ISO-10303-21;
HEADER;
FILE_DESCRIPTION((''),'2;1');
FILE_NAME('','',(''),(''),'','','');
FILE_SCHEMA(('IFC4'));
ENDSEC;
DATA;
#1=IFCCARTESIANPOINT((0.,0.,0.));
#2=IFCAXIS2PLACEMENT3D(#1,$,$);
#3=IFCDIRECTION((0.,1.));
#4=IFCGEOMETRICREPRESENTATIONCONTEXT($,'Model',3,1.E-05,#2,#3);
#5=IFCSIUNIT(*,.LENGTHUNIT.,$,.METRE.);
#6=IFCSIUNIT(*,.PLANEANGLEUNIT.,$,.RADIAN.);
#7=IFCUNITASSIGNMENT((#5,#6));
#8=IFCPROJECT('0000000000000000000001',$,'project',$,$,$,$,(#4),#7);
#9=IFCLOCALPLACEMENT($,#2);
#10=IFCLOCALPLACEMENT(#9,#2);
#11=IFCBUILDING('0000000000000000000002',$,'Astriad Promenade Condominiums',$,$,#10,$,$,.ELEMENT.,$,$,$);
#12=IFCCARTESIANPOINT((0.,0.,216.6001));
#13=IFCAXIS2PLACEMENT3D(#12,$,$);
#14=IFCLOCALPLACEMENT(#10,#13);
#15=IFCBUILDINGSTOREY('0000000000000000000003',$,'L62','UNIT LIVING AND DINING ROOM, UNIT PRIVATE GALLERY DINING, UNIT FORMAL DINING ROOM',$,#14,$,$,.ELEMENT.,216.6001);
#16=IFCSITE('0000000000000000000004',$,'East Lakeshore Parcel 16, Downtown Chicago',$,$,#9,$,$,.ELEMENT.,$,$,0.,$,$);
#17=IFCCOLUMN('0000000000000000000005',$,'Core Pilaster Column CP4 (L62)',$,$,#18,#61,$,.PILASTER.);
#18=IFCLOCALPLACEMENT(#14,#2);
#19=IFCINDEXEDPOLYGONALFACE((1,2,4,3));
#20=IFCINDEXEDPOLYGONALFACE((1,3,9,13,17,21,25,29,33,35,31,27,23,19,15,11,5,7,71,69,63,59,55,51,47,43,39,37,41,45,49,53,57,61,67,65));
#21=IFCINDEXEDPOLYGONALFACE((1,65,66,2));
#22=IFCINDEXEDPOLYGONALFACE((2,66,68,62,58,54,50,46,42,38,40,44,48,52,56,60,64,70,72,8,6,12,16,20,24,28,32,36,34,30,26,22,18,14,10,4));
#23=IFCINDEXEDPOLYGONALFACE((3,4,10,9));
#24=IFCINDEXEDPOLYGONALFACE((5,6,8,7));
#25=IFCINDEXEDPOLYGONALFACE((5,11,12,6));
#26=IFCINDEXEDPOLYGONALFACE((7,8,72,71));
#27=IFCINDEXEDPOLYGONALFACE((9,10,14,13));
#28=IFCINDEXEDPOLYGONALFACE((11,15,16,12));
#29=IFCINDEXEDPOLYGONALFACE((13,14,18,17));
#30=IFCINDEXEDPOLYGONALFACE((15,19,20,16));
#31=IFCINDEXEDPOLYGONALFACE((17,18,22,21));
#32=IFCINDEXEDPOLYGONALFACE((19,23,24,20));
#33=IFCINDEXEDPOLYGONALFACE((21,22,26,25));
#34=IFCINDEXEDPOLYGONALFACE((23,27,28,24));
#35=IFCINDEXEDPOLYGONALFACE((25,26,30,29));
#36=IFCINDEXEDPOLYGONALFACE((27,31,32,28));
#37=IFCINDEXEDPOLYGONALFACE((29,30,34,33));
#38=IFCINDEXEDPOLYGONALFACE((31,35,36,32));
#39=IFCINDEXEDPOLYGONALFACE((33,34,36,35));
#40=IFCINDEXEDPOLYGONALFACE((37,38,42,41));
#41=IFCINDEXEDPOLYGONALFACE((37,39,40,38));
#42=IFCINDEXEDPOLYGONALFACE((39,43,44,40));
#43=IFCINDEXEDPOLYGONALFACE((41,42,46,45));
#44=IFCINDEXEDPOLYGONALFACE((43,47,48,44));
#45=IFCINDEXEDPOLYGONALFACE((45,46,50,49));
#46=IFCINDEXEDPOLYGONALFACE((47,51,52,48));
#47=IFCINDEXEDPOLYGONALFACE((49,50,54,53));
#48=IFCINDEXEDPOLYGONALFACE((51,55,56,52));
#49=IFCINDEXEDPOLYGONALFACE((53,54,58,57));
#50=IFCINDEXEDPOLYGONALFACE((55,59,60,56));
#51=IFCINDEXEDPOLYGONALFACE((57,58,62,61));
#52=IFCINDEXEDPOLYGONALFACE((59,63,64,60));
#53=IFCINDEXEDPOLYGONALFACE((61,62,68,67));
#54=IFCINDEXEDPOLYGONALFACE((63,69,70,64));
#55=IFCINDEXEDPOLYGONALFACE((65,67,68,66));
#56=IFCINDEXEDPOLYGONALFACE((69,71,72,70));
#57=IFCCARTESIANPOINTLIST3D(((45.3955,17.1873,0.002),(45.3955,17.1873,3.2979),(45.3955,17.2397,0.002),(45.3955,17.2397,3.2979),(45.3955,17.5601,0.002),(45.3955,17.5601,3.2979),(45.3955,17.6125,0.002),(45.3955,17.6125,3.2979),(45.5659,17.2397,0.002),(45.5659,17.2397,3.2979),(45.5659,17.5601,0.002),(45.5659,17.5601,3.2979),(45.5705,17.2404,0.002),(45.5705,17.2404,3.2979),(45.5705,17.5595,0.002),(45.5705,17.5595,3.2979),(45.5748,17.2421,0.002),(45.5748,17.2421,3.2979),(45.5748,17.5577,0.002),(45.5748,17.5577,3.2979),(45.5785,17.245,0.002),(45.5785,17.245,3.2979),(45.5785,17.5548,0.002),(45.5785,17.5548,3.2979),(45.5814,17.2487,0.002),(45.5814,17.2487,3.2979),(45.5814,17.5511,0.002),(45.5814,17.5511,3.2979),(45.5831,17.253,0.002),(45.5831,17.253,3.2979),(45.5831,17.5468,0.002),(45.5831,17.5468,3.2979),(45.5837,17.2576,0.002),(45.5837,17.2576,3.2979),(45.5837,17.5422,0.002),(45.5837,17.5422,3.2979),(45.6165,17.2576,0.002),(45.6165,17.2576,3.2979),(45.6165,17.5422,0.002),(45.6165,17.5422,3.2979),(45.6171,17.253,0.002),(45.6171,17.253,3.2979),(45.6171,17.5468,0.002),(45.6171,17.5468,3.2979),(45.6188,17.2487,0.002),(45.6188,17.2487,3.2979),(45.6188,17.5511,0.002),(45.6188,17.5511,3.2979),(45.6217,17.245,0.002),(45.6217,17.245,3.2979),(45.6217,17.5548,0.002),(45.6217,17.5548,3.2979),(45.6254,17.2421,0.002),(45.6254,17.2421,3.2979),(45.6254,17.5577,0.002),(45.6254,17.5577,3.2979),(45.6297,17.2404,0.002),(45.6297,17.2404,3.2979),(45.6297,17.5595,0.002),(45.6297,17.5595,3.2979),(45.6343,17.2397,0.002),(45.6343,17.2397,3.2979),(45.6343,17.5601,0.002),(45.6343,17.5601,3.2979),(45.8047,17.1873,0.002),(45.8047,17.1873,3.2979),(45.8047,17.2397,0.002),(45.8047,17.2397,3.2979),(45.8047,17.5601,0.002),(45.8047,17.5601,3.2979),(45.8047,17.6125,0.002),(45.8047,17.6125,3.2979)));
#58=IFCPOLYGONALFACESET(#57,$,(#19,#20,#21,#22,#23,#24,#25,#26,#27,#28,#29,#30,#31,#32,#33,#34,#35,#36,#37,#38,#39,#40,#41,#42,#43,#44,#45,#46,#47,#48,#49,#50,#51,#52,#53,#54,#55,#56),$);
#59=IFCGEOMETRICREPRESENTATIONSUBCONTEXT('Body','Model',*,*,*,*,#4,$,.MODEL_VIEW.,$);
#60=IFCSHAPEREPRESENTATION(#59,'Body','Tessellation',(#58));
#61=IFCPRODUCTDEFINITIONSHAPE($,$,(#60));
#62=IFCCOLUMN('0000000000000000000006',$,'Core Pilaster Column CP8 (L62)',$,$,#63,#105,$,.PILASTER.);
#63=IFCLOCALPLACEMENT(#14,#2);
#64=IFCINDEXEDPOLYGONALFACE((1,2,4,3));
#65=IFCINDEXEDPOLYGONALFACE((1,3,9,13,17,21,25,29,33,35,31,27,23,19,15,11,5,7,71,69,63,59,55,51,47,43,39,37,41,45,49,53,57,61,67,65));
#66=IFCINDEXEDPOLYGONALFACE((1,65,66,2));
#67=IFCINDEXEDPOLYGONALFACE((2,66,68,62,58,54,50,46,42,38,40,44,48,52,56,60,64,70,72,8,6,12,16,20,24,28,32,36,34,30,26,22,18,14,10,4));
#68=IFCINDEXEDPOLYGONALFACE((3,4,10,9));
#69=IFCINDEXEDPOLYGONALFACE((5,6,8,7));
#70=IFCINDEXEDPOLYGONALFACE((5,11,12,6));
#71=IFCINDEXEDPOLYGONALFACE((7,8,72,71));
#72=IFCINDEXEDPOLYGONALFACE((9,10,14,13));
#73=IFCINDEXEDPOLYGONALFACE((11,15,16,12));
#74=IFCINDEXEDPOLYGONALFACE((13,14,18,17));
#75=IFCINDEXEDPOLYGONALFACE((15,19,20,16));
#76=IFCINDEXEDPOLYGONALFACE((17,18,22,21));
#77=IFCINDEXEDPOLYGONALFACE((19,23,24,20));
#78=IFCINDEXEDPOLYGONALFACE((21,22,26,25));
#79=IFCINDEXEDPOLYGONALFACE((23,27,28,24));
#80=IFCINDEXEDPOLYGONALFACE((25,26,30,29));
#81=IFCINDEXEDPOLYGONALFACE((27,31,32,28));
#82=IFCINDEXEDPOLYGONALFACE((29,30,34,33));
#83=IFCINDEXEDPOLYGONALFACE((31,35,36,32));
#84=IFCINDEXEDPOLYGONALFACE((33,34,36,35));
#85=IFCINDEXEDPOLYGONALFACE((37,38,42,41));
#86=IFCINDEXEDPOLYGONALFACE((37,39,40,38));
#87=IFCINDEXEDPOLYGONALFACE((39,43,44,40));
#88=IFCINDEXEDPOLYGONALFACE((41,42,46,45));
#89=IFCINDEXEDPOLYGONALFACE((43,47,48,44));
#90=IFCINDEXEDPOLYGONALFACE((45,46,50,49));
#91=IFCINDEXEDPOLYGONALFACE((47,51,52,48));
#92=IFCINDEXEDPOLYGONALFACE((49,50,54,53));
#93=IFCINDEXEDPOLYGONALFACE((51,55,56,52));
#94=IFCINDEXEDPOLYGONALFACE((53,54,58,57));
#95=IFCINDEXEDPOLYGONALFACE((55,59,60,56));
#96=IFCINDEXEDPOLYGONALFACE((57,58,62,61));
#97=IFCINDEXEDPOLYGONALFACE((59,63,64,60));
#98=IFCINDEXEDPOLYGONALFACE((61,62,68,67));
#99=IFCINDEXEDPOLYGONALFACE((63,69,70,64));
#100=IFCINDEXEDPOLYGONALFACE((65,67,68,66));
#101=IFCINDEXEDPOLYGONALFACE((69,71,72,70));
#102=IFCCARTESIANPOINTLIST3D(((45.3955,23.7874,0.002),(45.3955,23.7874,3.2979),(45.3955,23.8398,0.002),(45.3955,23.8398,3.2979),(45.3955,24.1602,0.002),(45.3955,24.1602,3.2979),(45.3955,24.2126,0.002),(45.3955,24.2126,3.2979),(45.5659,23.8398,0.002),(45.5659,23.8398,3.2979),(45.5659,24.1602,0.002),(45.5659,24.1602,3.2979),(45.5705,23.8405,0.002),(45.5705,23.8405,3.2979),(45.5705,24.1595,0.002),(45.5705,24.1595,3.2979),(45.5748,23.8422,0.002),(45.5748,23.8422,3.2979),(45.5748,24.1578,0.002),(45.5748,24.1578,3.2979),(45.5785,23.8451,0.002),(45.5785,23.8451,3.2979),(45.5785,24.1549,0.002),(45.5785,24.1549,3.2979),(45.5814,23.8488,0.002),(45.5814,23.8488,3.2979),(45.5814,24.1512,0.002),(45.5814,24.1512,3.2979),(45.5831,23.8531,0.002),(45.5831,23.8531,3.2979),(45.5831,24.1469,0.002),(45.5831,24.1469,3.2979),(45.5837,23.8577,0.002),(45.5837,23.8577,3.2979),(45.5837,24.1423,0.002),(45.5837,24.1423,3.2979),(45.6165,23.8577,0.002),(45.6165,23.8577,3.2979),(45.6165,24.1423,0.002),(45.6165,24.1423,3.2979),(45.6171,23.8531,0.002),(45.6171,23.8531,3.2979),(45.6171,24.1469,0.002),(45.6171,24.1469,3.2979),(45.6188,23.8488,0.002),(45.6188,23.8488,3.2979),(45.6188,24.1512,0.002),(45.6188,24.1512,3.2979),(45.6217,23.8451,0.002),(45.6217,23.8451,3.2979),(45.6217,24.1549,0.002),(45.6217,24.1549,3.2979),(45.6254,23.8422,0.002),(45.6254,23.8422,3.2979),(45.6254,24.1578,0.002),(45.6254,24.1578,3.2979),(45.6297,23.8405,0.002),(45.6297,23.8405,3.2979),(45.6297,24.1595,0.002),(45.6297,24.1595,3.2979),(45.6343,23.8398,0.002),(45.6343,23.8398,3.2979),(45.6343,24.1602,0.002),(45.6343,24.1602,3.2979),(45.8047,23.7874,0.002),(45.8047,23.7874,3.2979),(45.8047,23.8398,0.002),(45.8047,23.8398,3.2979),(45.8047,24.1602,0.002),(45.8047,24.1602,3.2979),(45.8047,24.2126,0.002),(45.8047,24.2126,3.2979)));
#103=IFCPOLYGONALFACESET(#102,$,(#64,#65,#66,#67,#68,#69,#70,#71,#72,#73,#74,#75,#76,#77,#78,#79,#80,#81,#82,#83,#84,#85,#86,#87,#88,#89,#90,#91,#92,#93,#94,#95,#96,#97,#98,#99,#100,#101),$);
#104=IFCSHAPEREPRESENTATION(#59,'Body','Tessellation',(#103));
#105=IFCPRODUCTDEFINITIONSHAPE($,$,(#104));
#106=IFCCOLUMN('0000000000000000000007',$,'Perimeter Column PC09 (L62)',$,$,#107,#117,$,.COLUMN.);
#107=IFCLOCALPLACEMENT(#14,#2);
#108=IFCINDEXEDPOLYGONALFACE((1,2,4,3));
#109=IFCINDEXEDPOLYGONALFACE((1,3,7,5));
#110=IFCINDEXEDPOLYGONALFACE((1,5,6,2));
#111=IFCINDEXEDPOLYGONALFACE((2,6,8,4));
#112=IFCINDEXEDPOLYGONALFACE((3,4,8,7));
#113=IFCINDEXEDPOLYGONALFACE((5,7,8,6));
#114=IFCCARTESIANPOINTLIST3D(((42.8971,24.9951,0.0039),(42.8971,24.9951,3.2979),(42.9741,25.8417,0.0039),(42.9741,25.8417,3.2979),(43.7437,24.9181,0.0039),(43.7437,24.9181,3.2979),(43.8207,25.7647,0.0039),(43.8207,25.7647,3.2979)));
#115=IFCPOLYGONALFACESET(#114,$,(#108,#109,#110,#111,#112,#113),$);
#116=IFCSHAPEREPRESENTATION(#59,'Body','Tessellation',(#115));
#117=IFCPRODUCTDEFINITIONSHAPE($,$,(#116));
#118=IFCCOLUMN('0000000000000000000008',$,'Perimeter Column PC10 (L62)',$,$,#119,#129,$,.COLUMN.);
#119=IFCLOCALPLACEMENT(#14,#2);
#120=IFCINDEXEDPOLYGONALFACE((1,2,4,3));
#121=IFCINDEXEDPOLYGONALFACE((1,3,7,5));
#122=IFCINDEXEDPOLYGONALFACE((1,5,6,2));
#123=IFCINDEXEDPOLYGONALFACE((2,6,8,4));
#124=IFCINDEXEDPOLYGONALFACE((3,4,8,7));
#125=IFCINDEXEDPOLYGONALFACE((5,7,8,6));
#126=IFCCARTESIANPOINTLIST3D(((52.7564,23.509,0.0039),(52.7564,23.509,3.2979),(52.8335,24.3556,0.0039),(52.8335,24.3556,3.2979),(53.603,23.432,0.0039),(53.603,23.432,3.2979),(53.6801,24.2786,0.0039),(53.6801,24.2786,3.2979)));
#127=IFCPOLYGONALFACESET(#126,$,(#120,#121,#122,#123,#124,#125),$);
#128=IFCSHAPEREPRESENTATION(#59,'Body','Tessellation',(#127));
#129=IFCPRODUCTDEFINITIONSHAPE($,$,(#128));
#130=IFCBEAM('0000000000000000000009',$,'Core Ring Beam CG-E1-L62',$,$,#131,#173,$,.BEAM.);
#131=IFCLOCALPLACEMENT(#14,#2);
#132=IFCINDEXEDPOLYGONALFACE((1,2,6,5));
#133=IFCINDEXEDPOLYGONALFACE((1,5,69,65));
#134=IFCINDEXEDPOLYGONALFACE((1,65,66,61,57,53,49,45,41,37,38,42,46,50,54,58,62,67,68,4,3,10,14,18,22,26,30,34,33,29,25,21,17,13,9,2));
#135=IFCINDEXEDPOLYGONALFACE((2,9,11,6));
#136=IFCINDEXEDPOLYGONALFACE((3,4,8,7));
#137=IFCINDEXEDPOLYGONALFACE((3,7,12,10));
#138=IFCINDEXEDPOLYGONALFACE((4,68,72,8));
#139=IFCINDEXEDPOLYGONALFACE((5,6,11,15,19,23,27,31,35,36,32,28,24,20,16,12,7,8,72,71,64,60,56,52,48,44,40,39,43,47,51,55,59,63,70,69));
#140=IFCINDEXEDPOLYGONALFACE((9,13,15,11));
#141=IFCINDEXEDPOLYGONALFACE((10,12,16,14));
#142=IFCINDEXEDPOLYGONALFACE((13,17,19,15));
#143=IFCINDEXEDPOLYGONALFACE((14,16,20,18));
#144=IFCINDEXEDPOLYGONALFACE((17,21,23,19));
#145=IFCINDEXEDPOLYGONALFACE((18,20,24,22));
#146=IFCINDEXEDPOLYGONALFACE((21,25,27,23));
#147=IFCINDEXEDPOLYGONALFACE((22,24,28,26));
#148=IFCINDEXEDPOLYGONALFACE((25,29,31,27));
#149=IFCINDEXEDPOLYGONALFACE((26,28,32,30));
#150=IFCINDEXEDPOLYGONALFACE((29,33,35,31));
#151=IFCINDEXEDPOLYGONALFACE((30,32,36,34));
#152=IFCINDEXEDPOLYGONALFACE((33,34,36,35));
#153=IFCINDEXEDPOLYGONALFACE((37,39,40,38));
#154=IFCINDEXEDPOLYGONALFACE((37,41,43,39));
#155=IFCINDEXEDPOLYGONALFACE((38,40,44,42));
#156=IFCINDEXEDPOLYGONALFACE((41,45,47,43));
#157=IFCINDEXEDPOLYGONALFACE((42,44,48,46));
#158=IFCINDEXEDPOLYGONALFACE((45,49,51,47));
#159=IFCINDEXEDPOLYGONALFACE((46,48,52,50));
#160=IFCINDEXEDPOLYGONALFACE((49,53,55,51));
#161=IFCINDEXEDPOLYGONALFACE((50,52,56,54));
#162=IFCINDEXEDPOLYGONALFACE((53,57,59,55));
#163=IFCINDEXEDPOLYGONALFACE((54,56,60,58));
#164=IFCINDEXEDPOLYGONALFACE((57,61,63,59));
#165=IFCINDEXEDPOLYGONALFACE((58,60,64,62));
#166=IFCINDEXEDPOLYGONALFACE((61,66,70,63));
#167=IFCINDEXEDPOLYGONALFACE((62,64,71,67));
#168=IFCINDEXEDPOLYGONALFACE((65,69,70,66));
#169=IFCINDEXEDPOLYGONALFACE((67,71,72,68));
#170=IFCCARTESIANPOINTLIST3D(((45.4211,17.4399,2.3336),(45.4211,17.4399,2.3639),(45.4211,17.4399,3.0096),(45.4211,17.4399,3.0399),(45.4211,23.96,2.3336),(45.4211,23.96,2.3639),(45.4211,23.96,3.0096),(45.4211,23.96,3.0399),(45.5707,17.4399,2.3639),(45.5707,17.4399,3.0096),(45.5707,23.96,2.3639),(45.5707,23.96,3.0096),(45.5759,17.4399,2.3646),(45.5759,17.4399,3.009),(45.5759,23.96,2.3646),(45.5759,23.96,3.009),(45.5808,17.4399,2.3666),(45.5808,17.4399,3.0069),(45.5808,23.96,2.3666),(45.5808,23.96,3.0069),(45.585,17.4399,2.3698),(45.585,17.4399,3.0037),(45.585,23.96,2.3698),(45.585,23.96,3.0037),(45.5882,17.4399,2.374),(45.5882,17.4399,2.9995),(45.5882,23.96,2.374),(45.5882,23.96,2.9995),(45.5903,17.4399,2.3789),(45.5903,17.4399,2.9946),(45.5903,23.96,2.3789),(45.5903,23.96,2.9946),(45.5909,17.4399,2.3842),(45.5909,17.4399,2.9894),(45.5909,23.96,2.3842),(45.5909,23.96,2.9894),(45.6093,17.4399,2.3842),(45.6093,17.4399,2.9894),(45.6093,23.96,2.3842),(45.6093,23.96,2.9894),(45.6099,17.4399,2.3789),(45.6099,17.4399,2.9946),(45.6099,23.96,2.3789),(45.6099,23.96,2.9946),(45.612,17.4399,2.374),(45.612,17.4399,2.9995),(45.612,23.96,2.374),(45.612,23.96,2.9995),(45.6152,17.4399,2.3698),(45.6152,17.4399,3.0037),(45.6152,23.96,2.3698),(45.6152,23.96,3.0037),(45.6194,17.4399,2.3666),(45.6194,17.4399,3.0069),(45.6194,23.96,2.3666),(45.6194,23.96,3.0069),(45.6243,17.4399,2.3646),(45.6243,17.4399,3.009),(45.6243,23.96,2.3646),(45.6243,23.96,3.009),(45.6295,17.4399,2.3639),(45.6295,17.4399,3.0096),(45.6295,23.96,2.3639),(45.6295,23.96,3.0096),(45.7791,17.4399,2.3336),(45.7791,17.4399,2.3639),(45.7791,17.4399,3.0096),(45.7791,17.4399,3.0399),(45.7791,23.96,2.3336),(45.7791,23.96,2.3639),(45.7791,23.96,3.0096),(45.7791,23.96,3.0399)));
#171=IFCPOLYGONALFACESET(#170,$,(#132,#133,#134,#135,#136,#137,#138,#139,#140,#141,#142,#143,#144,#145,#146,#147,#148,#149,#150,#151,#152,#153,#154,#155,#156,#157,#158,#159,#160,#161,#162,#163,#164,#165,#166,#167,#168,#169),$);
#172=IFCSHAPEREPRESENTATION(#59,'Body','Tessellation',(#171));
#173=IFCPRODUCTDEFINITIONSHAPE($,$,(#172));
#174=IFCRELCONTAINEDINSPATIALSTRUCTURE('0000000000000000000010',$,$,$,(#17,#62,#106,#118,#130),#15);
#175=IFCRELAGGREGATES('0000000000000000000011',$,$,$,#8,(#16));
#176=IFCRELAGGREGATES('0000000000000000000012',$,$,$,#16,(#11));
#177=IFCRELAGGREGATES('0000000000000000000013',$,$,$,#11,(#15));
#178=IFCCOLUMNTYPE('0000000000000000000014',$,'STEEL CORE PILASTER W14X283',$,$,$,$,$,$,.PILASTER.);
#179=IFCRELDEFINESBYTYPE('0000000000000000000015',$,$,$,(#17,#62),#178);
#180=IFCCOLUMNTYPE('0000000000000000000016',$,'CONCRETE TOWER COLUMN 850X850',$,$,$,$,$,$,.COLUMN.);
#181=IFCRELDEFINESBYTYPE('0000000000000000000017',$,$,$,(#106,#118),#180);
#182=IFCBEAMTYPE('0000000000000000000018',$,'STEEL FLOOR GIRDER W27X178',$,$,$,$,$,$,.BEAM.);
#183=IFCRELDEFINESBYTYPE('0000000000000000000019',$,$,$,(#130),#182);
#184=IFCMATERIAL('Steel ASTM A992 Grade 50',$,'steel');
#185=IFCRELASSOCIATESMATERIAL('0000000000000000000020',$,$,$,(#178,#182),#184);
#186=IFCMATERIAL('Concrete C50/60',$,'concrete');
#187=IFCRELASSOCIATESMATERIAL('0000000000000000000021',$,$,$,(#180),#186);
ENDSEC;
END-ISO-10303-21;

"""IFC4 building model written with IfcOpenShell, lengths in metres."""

from ifc_helpers import new_model, si_unit, direction, frame, origin, origin_2d, place, context, subcontext, project, spatial, rectangle, i_section, extrude, source, transform, mapped, material, material_profile, profile_set, type_object, type_shapes, element, save


model = new_model("IFC4")

# Units and contexts
model_context = context("Model", 3, precision=1e-05, world=origin(), true_north=direction((0.0, 1.0)))
body_context = subcontext(model_context, "Body", "Model", "MODEL_VIEW")
ifc_project = project(units=[si_unit("LENGTHUNIT", "METRE"), si_unit("PLANEANGLEUNIT", "RADIAN")], contexts=[model_context])

# Site, building, storey
site_placement = place(None, origin())
site = spatial("IfcSite", under=ifc_project, at=site_placement, Name="East Lakeshore Parcel 16, Downtown Chicago", CompositionType="ELEMENT", RefElevation=0.0)
building_placement = place(site_placement, origin())
building = spatial("IfcBuilding", under=site, at=building_placement, Name="Astriad Promenade Condominiums", CompositionType="ELEMENT")
storey_placement = place(building_placement, frame((0.0, 0.0, 216.6001)))
storey = spatial("IfcBuildingStorey", under=building, at=storey_placement, Name="L62", Description="UNIT LIVING AND DINING ROOM, UNIT PRIVATE GALLERY DINING, UNIT FORMAL DINING ROOM", CompositionType="ELEMENT", Elevation=216.6001)

# Columns
ifc_material_1 = material(Name="Steel ASTM A992 Grade 50", Category="steel")
ifc_material_profile_1 = material_profile(ifc_material_1, i_section(OverallWidth=0.4092, OverallDepth=0.4253, WebThickness=0.0327, FlangeThickness=0.0525, FilletRadius=0.0178, at=origin_2d()), Name="W14X283")
ifc_profile_set_1 = profile_set([ifc_material_profile_1], Name="Steel ASTM A992 Grade 50")
column_type_1 = type_object("IfcColumnType", Name="STEEL CORE PILASTER W14X283", PredefinedType="PILASTER", material=ifc_profile_set_1)
shared_shape_1 = source(origin(), body_context, "Body", "SweptSolid", [
    extrude(i_section(OverallWidth=0.4092, OverallDepth=0.4253, WebThickness=0.0327, FlangeThickness=0.0525, FilletRadius=0.0178, at=origin_2d()), origin(), (0.0, 0.0, 1.0), 3.2959),
])
type_shapes(column_type_1, [shared_shape_1])
for number, where, z_axis, x_axis, name in (
    (1, (45.6001, 17.3999, 0.002), (0.0, 0.0, 1.0), (1.0, 0.0, 0.0), "Core Pilaster Column CP4 (L62)"),
    (2, (45.6001, 24.0, 0.002), (0.0, 0.0, 1.0), (1.0, 0.0, 0.0), "Core Pilaster Column CP8 (L62)"),
):
    element("IfcColumn", number, at=place(storey_placement, frame(where, z_axis=z_axis, x_axis=x_axis)), inside=storey, type_object=column_type_1, Name=name, PredefinedType="PILASTER", context=body_context, shape_type="MappedRepresentation", body=[
        mapped(shared_shape_1, transform((0.0, 0.0, 0.0), scale=1.0)),
    ])
ifc_material_2 = material(Name="Concrete C50/60", Category="concrete")
ifc_material_profile_2 = material_profile(ifc_material_2, rectangle(XDim=0.8501, YDim=0.8501, at=origin_2d()), Name="RC-COL-850X850")
ifc_profile_set_2 = profile_set([ifc_material_profile_2], Name="Concrete C50/60")
column_type_2 = type_object("IfcColumnType", Name="CONCRETE TOWER COLUMN 850X850", PredefinedType="COLUMN", material=ifc_profile_set_2)
shared_shape_2 = source(origin(), body_context, "Body", "SweptSolid", [
    extrude(rectangle(XDim=0.8501, YDim=0.8501, at=origin_2d()), origin(), (0.0, 0.0, 1.0), 3.2939),
])
type_shapes(column_type_2, [shared_shape_2])
for number, where, z_axis, x_axis, name in (
    (3, (43.3589, 25.3799, 0.0039), (0.0, 0.0, 1.0), (0.995884, -0.090633, 0.0), "Perimeter Column PC09 (L62)"),
    (4, (53.2183, 23.8938, 0.0039), (0.0, 0.0, 1.0), (0.995884, -0.090633, 0.0), "Perimeter Column PC10 (L62)"),
):
    element("IfcColumn", number, at=place(storey_placement, frame(where, z_axis=z_axis, x_axis=x_axis)), inside=storey, type_object=column_type_2, Name=name, PredefinedType="COLUMN", context=body_context, shape_type="MappedRepresentation", body=[
        mapped(shared_shape_2, transform((0.0, 0.0, 0.0), scale=1.0)),
    ])

# Beam
ifc_material_profile_3 = material_profile(ifc_material_1, i_section(OverallWidth=0.3579, OverallDepth=0.7063, WebThickness=0.0183, FlangeThickness=0.0303, FilletRadius=0.0203, at=origin_2d()), Name="W27X178")
ifc_profile_set_3 = profile_set([ifc_material_profile_3], Name="Steel ASTM A992 Grade 50")
beam_type_1 = type_object("IfcBeamType", Name="STEEL FLOOR GIRDER W27X178", PredefinedType="BEAM", material=ifc_profile_set_3)
shared_shape_3 = source(origin(), body_context, "Body", "SweptSolid", [
    extrude(i_section(OverallWidth=0.3579, OverallDepth=0.7063, WebThickness=0.0183, FlangeThickness=0.0303, FilletRadius=0.0203, at=origin_2d()), origin(), (0.0, 0.0, 1.0), 6.52),
])
type_shapes(beam_type_1, [shared_shape_3])
beam_1_placement = place(storey_placement, frame((45.6001, 17.4399, 2.6868), z_axis=(0.0, 1.0, 0.0), x_axis=(-1.0, 0.0, 0.0)))
element("IfcBeam", 5, at=beam_1_placement, inside=storey, type_object=beam_type_1, Name="Core Ring Beam CG-E1-L62", PredefinedType="BEAM", context=body_context, shape_type="MappedRepresentation", body=[
    mapped(shared_shape_3, transform((0.0, 0.0, 0.0), scale=1.0)),
])

save(model, "model.ifc")
